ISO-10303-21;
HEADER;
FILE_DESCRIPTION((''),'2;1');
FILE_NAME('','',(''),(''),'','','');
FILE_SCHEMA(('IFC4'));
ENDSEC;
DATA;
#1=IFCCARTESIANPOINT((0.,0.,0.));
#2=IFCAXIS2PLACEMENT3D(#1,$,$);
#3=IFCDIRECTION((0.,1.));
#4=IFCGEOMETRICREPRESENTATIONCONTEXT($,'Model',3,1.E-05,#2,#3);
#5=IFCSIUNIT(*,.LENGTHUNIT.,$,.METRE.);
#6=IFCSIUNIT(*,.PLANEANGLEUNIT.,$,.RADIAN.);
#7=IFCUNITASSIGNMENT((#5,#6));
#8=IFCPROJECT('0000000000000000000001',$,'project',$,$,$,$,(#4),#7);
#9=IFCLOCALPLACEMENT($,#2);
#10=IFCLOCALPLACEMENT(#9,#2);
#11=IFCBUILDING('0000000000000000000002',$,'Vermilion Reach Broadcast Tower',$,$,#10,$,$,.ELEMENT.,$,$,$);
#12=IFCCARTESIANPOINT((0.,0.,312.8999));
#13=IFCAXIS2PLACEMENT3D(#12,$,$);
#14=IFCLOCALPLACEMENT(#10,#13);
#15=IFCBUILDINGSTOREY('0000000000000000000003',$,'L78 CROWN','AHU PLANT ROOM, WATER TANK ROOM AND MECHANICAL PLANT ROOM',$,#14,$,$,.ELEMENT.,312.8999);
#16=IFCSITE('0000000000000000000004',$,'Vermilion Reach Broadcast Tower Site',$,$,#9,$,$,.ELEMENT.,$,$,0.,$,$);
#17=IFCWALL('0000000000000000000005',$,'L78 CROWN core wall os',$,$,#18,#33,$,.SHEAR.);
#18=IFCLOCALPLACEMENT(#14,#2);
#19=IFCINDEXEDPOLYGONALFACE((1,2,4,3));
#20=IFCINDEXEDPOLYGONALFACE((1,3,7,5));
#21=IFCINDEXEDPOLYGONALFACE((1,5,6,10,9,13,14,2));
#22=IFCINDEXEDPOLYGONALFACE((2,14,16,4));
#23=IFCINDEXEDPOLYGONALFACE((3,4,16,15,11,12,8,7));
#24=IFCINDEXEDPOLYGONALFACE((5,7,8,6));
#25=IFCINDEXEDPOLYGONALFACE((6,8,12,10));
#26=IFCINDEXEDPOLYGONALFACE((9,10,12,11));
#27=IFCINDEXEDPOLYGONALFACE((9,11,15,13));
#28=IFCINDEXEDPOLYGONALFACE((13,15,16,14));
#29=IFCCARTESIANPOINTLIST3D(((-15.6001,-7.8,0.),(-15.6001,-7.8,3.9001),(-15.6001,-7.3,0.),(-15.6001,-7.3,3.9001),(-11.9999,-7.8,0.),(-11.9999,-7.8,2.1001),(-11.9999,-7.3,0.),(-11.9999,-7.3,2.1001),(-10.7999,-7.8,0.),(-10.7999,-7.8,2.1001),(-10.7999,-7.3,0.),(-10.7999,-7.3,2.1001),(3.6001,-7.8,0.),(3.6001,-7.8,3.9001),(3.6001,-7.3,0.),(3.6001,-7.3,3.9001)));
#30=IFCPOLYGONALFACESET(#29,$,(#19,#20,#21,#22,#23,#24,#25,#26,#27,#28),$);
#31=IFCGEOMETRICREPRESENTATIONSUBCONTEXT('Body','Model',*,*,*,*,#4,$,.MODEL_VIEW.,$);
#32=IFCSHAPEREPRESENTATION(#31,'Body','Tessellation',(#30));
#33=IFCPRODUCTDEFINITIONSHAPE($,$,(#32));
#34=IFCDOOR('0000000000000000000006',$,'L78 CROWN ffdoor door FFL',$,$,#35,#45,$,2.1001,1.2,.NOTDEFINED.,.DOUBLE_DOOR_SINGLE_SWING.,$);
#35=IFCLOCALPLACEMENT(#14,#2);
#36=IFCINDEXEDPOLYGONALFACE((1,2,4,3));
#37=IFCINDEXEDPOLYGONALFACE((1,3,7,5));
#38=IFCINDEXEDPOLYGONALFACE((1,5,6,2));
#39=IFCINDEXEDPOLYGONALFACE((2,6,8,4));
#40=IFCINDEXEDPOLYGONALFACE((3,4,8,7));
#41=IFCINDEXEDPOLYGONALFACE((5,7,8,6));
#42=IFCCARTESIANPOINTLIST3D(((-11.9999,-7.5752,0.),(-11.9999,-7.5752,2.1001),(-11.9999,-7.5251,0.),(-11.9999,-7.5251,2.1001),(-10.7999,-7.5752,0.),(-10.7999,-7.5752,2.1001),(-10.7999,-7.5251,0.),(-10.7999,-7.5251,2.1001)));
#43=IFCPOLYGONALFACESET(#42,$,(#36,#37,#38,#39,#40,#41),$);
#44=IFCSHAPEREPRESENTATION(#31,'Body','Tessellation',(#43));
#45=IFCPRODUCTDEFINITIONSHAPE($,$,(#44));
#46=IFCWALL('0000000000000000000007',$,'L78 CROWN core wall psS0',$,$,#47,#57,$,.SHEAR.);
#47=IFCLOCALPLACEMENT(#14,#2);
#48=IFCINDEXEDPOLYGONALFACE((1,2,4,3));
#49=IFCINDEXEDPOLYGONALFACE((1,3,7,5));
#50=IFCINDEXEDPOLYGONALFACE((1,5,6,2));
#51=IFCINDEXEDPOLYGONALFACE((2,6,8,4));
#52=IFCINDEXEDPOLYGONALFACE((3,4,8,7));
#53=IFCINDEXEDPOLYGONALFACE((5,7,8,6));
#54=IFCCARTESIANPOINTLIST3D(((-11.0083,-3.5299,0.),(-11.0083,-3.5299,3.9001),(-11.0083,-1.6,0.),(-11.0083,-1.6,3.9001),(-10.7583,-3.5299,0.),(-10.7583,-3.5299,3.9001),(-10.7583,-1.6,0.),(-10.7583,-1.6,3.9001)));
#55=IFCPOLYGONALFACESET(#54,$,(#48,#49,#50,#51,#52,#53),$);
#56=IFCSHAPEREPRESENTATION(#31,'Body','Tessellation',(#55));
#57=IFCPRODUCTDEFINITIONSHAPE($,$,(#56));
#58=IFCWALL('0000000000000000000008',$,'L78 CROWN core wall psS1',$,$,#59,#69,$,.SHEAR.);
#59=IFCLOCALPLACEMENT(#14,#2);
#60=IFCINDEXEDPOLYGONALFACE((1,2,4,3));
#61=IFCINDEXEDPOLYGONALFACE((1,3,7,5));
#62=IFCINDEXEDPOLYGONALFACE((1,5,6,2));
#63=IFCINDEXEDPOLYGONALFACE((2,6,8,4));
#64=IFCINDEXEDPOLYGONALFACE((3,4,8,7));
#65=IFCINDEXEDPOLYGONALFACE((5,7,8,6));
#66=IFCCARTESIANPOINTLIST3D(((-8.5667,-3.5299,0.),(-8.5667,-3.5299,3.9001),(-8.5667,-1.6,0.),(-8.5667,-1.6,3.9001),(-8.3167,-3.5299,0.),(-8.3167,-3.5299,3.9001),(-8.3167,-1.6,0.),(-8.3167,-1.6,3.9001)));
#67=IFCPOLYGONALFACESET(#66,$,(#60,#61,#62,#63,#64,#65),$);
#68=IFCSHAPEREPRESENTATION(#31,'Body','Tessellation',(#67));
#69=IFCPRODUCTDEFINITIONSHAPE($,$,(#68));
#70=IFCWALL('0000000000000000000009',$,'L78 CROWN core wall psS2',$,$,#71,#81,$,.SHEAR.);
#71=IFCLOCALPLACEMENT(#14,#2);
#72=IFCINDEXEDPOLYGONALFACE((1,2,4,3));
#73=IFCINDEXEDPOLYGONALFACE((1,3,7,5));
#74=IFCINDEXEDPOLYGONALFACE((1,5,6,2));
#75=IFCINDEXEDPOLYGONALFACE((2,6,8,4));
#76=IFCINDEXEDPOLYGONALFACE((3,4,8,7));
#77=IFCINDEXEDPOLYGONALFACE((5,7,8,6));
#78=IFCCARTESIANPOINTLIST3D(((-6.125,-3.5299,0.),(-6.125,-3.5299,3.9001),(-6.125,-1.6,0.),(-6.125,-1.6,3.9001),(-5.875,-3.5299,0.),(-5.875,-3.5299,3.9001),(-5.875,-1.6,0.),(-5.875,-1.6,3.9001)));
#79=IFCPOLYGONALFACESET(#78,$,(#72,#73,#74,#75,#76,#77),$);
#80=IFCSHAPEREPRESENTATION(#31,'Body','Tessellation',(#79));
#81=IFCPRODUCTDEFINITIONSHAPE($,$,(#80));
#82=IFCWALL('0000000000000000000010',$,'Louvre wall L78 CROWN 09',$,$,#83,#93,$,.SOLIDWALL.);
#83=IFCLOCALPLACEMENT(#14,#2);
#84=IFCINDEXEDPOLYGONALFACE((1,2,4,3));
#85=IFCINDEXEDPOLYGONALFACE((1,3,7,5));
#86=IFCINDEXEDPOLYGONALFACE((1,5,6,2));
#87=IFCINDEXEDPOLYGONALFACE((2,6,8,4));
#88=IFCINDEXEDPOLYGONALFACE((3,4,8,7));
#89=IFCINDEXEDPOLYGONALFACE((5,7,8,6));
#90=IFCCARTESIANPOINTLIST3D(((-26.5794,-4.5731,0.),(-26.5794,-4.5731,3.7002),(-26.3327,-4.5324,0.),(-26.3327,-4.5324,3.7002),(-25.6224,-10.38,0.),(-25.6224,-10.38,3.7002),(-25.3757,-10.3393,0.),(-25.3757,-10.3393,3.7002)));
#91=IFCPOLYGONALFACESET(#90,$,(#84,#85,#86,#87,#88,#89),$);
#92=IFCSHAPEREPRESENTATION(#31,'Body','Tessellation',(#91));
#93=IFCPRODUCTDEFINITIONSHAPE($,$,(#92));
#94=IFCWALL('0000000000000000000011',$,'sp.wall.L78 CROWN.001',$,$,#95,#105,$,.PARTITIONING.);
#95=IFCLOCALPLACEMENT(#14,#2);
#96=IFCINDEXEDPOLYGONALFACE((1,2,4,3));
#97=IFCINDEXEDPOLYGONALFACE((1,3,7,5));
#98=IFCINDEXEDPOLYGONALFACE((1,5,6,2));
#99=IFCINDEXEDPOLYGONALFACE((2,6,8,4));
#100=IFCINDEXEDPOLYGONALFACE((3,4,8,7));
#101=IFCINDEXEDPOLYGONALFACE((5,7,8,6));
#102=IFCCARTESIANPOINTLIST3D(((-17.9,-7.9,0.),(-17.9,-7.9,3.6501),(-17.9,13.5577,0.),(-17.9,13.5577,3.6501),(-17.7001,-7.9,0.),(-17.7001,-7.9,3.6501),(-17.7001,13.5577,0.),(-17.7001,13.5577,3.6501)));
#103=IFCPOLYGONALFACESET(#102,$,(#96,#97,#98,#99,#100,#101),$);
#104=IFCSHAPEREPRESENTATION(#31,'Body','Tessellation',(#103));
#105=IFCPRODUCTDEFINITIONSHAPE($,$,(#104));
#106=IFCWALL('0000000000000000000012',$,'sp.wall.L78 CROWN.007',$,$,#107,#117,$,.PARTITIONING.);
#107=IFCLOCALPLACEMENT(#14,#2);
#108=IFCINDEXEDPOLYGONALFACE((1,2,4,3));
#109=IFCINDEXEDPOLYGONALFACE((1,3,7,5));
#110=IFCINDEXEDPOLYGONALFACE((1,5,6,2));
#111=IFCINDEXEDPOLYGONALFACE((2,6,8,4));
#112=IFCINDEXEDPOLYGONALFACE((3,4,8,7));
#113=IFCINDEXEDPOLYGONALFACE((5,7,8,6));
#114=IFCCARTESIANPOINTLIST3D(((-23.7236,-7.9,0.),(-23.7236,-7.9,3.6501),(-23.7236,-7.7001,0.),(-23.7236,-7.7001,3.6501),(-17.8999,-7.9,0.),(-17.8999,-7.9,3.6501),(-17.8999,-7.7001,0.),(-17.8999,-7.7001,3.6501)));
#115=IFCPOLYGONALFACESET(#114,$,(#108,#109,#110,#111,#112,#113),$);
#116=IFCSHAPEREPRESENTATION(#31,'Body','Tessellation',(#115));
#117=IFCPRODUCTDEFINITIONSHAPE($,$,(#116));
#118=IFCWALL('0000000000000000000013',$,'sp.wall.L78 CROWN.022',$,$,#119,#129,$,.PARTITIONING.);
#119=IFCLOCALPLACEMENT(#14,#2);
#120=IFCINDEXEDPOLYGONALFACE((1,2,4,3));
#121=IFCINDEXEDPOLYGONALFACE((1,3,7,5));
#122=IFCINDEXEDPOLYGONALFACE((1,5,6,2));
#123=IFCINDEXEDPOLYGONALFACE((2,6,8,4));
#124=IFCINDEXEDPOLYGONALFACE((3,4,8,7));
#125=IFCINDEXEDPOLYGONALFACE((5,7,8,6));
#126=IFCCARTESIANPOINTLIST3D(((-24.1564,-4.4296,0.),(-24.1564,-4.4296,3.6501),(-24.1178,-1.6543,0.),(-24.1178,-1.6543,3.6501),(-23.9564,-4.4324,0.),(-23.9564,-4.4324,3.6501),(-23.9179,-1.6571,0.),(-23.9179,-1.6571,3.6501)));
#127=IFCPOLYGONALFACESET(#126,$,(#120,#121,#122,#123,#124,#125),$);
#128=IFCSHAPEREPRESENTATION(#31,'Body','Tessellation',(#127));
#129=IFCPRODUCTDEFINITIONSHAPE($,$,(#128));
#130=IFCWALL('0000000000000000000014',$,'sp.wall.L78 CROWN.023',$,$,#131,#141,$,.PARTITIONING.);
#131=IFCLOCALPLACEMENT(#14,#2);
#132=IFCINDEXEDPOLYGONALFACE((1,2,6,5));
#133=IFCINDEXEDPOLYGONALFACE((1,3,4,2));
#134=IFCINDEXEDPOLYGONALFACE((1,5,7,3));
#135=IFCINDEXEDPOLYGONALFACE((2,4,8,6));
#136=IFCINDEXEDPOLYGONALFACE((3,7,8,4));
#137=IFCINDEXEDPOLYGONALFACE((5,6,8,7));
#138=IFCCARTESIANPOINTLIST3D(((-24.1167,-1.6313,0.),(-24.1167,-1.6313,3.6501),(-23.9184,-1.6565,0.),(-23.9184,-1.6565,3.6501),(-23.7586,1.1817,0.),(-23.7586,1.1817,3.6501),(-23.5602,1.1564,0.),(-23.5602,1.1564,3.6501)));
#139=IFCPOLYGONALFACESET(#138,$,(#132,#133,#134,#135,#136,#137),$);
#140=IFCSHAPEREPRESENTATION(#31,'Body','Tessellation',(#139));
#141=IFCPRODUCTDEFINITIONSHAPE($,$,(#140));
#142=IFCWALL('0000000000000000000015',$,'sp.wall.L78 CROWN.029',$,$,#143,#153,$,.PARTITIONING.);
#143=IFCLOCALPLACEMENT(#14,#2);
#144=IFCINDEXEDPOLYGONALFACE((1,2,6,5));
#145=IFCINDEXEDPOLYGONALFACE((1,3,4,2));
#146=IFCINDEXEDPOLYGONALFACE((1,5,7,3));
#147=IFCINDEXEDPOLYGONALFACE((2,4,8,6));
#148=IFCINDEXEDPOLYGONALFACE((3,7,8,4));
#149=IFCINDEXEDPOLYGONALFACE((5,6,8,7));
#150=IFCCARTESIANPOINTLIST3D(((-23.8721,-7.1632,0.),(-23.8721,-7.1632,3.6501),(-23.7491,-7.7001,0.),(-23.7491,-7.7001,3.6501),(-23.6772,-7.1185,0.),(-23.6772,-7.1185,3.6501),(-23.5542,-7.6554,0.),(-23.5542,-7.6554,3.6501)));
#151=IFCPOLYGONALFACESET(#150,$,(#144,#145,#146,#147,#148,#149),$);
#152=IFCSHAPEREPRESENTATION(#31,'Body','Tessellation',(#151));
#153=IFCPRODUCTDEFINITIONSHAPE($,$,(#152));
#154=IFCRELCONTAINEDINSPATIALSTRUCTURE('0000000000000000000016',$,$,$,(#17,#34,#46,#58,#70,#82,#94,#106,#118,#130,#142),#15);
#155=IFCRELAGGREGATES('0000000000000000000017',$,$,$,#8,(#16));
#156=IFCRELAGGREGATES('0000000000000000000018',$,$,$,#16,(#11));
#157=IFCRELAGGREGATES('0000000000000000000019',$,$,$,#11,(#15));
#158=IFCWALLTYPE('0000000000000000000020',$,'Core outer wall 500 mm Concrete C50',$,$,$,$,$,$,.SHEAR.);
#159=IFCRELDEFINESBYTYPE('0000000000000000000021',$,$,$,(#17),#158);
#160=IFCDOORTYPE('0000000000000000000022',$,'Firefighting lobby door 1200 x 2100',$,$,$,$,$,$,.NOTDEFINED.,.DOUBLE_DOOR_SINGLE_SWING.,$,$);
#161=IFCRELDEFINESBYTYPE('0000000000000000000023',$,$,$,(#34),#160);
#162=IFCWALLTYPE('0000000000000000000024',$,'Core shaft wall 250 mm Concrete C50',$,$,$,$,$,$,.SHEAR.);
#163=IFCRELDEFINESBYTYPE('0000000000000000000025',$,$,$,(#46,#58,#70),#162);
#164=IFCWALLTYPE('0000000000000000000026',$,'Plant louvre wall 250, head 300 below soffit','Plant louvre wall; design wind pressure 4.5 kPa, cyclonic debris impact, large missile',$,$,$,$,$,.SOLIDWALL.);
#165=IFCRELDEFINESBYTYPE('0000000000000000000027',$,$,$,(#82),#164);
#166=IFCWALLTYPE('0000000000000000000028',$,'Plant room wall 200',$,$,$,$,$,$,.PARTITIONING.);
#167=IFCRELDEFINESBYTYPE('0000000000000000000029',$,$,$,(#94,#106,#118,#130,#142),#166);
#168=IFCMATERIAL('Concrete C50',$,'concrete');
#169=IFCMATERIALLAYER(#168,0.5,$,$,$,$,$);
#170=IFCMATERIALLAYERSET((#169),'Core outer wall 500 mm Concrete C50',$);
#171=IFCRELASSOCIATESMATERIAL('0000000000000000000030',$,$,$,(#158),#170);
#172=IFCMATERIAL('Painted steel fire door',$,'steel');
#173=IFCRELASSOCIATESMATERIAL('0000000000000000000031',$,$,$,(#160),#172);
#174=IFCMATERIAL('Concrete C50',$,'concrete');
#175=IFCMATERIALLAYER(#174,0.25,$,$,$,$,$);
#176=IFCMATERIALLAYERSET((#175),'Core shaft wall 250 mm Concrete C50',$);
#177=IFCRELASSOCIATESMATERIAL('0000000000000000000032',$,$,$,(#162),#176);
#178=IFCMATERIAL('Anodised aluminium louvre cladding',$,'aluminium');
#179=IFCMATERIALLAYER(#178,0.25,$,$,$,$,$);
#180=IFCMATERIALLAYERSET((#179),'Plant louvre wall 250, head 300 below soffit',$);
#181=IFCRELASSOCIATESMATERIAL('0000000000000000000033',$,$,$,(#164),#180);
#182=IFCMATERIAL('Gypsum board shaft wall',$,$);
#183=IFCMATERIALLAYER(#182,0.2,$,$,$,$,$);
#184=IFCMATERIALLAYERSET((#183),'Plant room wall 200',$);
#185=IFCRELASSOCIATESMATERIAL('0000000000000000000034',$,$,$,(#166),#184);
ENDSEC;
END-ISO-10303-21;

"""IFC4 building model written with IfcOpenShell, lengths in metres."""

from ifc_helpers import new_model, si_unit, direction, frame, frame_2d, origin, place, context, subcontext, project, spatial, rectangle, extrude, material, layer, layer_set, type_object, element, fill, save


model = new_model("IFC4")

# Units and contexts
model_context = context("Model", 3, precision=1e-05, world=origin(), true_north=direction((0.0, 1.0)))
body_context = subcontext(model_context, "Body", "Model", "MODEL_VIEW")
ifc_project = project(units=[si_unit("LENGTHUNIT", "METRE"), si_unit("PLANEANGLEUNIT", "RADIAN")], contexts=[model_context])

# Site, building, storey
site_placement = place(None, origin())
site = spatial("IfcSite", under=ifc_project, at=site_placement, Name="Vermilion Reach Broadcast Tower Site", CompositionType="ELEMENT", RefElevation=0.0)
building_placement = place(site_placement, origin())
building = spatial("IfcBuilding", under=site, at=building_placement, Name="Vermilion Reach Broadcast Tower", CompositionType="ELEMENT")
storey_placement = place(building_placement, frame((0.0, 0.0, 312.8999)))
storey = spatial("IfcBuildingStorey", under=building, at=storey_placement, Name="L78 CROWN", Description="AHU PLANT ROOM, WATER TANK ROOM AND MECHANICAL PLANT ROOM", CompositionType="ELEMENT", Elevation=312.8999)

# Wall, opening, door
ifc_material_1 = material(Name="Concrete C50", Category="concrete")
ifc_layer_1 = layer(ifc_material_1, 0.5)
ifc_layer_set_1 = layer_set([ifc_layer_1], Name="Core outer wall 500 mm Concrete C50")
wall_type_1 = type_object("IfcWallType", Name="Core outer wall 500 mm Concrete C50", PredefinedType="SHEAR", material=ifc_layer_set_1)
wall_1_placement = place(storey_placement, frame((-15.6001, -7.55, 0.0), z_axis=(0.0, 0.0, 1.0), x_axis=(1.0, 0.0, 0.0)))
wall_1 = element("IfcWall", 1, at=wall_1_placement, inside=storey, type_object=wall_type_1, Name="L78 CROWN core wall os", PredefinedType="SHEAR", context=body_context, shape_type="SweptSolid", body=[
    extrude(rectangle(XDim=19.2002, YDim=0.5, at=frame_2d((9.6001, 0.0))), origin(), (0.0, 0.0, 1.0), 3.9001),
])
opening_1_placement = place(wall_1_placement, frame((3.6001, 0.0, 0.0)))
opening_1 = element("IfcOpeningElement", 2, at=opening_1_placement, cuts=wall_1, PredefinedType="OPENING", context=body_context, shape_type="SweptSolid", body=[
    extrude(rectangle(XDim=1.2, YDim=2.1001, at=frame_2d((0.6001, 1.05))), frame((0.0, 0.26, 0.0), z_axis=(0.0, -1.0, 0.0), x_axis=(1.0, 0.0, 0.0)), (0.0, 0.0, 1.0), 0.52),
])
ifc_material_2 = material(Name="Painted steel fire door", Category="steel")
door_type_1 = type_object("IfcDoorType", Name="Firefighting lobby door 1200 x 2100", OperationType="DOUBLE_DOOR_SINGLE_SWING", PredefinedType="NOTDEFINED", material=ifc_material_2)
door_1_placement = place(opening_1_placement, origin())
door_1 = element("IfcDoor", 3, at=door_1_placement, inside=storey, type_object=door_type_1, Name="L78 CROWN ffdoor door FFL", OperationType="DOUBLE_DOOR_SINGLE_SWING", OverallHeight=2.1001, OverallWidth=1.2, PredefinedType="NOTDEFINED", context=body_context, shape_type="SweptSolid", body=[
    extrude(rectangle(XDim=1.2, YDim=2.1001, at=frame_2d((0.6001, 1.05))), frame((0.0, 0.0249, 0.0), z_axis=(0.0, -1.0, 0.0), x_axis=(1.0, 0.0, 0.0)), (0.0, 0.0, 1.0), 0.05),
])
fill(opening_1, door_1)

# Walls
ifc_material_3 = material(Name="Concrete C50", Category="concrete")
ifc_layer_2 = layer(ifc_material_3, 0.25)
ifc_layer_set_2 = layer_set([ifc_layer_2], Name="Core shaft wall 250 mm Concrete C50")
wall_type_2 = type_object("IfcWallType", Name="Core shaft wall 250 mm Concrete C50", PredefinedType="SHEAR", material=ifc_layer_set_2)
for number, where, z_axis, x_axis, name in (
    (4, (-10.8833, -1.6001, 0.0), (0.0, 0.0, 1.0), (0.0, -1.0, 0.0), "L78 CROWN core wall psS0"),
    (5, (-8.4417, -1.6001, 0.0), (0.0, 0.0, 1.0), (0.0, -1.0, 0.0), "L78 CROWN core wall psS1"),
    (6, (-6.0, -1.6001, 0.0), (0.0, 0.0, 1.0), (0.0, -1.0, 0.0), "L78 CROWN core wall psS2"),
):
    element("IfcWall", number, at=place(storey_placement, frame(where, z_axis=z_axis, x_axis=x_axis)), inside=storey, type_object=wall_type_2, Name=name, PredefinedType="SHEAR", context=body_context, shape_type="SweptSolid", body=[
        extrude(rectangle(XDim=1.9299, YDim=0.25, at=frame_2d((0.9648, 0.0))), origin(), (0.0, 0.0, 1.0), 3.9001),
    ])
ifc_material_4 = material(Name="Anodised aluminium louvre cladding", Category="aluminium")
ifc_layer_3 = layer(ifc_material_4, 0.25)
ifc_layer_set_3 = layer_set([ifc_layer_3], Name="Plant louvre wall 250, head 300 below soffit")
wall_type_3 = type_object("IfcWallType", Name="Plant louvre wall 250, head 300 below soffit", Description="Plant louvre wall; design wind pressure 4.5 kPa, cyclonic debris impact, large missile", PredefinedType="SOLIDWALL", material=ifc_layer_set_3)
wall_2_placement = place(storey_placement, frame((-26.4561, -4.5527, 0.0), z_axis=(0.0, 0.0, 1.0), x_axis=(0.162616, -0.986689, 0.0)))
element("IfcWall", 7, at=wall_2_placement, inside=storey, type_object=wall_type_3, Name="Louvre wall L78 CROWN 09", PredefinedType="SOLIDWALL", context=body_context, shape_type="SweptSolid", body=[
    extrude(rectangle(XDim=5.8853, YDim=0.25, at=frame_2d((2.9426, 0.0))), origin(), (0.0, 0.0, 1.0), 3.7002),
])
ifc_material_5 = material(Name="Gypsum board shaft wall")
ifc_layer_4 = layer(ifc_material_5, 0.2)
ifc_layer_set_4 = layer_set([ifc_layer_4], Name="Plant room wall 200")
wall_type_4 = type_object("IfcWallType", Name="Plant room wall 200", PredefinedType="PARTITIONING", material=ifc_layer_set_4)
wall_3_placement = place(storey_placement, frame((-17.8, -7.9001, 0.0), z_axis=(0.0, 0.0, 1.0), x_axis=(0.0, 1.0, 0.0)))
element("IfcWall", 8, at=wall_3_placement, inside=storey, type_object=wall_type_4, Name="sp.wall.L78 CROWN.001", PredefinedType="PARTITIONING", context=body_context, shape_type="SweptSolid", body=[
    extrude(rectangle(XDim=21.4578, YDim=0.2, at=frame_2d((10.729, 0.0))), origin(), (0.0, 0.0, 1.0), 3.6501),
])
wall_4_placement = place(storey_placement, frame((-23.7236, -7.8, 0.0), z_axis=(0.0, 0.0, 1.0), x_axis=(1.0, 0.0, 0.0)))
element("IfcWall", 9, at=wall_4_placement, inside=storey, type_object=wall_type_4, Name="sp.wall.L78 CROWN.007", PredefinedType="PARTITIONING", context=body_context, shape_type="SweptSolid", body=[
    extrude(rectangle(XDim=5.8237, YDim=0.2, at=frame_2d((2.9119, 0.0))), origin(), (0.0, 0.0, 1.0), 3.6501),
])
wall_5_placement = place(storey_placement, frame((-24.0564, -4.4309, 0.0), z_axis=(0.0, 0.0, 1.0), x_axis=(0.013897, 0.999903, 0.0)))
element("IfcWall", 10, at=wall_5_placement, inside=storey, type_object=wall_type_4, Name="sp.wall.L78 CROWN.022", PredefinedType="PARTITIONING", context=body_context, shape_type="SweptSolid", body=[
    extrude(rectangle(XDim=2.7756, YDim=0.2, at=frame_2d((1.3877, 0.0))), origin(), (0.0, 0.0, 1.0), 3.6501),
])
wall_6_placement = place(storey_placement, frame((-24.0176, -1.644, 0.0), z_axis=(0.0, 0.0, 1.0), x_axis=(0.126302, 0.991992, 0.0)))
element("IfcWall", 11, at=wall_6_placement, inside=storey, type_object=wall_type_4, Name="sp.wall.L78 CROWN.023", PredefinedType="PARTITIONING", context=body_context, shape_type="SweptSolid", body=[
    extrude(rectangle(XDim=2.8357, YDim=0.2, at=frame_2d((1.418, 0.0))), origin(), (0.0, 0.0, 1.0), 3.6501),
])
wall_7_placement = place(storey_placement, frame((-23.7747, -7.1409, 0.0), z_axis=(0.0, 0.0, 1.0), x_axis=(0.223402, -0.974726, 0.0)))
element("IfcWall", 12, at=wall_7_placement, inside=storey, type_object=wall_type_4, Name="sp.wall.L78 CROWN.029", PredefinedType="PARTITIONING", context=body_context, shape_type="SweptSolid", body=[
    extrude(rectangle(XDim=0.5508, YDim=0.2, at=frame_2d((0.2754, 0.0))), origin(), (0.0, 0.0, 1.0), 3.6501),
])

save(model, "model.ifc")
